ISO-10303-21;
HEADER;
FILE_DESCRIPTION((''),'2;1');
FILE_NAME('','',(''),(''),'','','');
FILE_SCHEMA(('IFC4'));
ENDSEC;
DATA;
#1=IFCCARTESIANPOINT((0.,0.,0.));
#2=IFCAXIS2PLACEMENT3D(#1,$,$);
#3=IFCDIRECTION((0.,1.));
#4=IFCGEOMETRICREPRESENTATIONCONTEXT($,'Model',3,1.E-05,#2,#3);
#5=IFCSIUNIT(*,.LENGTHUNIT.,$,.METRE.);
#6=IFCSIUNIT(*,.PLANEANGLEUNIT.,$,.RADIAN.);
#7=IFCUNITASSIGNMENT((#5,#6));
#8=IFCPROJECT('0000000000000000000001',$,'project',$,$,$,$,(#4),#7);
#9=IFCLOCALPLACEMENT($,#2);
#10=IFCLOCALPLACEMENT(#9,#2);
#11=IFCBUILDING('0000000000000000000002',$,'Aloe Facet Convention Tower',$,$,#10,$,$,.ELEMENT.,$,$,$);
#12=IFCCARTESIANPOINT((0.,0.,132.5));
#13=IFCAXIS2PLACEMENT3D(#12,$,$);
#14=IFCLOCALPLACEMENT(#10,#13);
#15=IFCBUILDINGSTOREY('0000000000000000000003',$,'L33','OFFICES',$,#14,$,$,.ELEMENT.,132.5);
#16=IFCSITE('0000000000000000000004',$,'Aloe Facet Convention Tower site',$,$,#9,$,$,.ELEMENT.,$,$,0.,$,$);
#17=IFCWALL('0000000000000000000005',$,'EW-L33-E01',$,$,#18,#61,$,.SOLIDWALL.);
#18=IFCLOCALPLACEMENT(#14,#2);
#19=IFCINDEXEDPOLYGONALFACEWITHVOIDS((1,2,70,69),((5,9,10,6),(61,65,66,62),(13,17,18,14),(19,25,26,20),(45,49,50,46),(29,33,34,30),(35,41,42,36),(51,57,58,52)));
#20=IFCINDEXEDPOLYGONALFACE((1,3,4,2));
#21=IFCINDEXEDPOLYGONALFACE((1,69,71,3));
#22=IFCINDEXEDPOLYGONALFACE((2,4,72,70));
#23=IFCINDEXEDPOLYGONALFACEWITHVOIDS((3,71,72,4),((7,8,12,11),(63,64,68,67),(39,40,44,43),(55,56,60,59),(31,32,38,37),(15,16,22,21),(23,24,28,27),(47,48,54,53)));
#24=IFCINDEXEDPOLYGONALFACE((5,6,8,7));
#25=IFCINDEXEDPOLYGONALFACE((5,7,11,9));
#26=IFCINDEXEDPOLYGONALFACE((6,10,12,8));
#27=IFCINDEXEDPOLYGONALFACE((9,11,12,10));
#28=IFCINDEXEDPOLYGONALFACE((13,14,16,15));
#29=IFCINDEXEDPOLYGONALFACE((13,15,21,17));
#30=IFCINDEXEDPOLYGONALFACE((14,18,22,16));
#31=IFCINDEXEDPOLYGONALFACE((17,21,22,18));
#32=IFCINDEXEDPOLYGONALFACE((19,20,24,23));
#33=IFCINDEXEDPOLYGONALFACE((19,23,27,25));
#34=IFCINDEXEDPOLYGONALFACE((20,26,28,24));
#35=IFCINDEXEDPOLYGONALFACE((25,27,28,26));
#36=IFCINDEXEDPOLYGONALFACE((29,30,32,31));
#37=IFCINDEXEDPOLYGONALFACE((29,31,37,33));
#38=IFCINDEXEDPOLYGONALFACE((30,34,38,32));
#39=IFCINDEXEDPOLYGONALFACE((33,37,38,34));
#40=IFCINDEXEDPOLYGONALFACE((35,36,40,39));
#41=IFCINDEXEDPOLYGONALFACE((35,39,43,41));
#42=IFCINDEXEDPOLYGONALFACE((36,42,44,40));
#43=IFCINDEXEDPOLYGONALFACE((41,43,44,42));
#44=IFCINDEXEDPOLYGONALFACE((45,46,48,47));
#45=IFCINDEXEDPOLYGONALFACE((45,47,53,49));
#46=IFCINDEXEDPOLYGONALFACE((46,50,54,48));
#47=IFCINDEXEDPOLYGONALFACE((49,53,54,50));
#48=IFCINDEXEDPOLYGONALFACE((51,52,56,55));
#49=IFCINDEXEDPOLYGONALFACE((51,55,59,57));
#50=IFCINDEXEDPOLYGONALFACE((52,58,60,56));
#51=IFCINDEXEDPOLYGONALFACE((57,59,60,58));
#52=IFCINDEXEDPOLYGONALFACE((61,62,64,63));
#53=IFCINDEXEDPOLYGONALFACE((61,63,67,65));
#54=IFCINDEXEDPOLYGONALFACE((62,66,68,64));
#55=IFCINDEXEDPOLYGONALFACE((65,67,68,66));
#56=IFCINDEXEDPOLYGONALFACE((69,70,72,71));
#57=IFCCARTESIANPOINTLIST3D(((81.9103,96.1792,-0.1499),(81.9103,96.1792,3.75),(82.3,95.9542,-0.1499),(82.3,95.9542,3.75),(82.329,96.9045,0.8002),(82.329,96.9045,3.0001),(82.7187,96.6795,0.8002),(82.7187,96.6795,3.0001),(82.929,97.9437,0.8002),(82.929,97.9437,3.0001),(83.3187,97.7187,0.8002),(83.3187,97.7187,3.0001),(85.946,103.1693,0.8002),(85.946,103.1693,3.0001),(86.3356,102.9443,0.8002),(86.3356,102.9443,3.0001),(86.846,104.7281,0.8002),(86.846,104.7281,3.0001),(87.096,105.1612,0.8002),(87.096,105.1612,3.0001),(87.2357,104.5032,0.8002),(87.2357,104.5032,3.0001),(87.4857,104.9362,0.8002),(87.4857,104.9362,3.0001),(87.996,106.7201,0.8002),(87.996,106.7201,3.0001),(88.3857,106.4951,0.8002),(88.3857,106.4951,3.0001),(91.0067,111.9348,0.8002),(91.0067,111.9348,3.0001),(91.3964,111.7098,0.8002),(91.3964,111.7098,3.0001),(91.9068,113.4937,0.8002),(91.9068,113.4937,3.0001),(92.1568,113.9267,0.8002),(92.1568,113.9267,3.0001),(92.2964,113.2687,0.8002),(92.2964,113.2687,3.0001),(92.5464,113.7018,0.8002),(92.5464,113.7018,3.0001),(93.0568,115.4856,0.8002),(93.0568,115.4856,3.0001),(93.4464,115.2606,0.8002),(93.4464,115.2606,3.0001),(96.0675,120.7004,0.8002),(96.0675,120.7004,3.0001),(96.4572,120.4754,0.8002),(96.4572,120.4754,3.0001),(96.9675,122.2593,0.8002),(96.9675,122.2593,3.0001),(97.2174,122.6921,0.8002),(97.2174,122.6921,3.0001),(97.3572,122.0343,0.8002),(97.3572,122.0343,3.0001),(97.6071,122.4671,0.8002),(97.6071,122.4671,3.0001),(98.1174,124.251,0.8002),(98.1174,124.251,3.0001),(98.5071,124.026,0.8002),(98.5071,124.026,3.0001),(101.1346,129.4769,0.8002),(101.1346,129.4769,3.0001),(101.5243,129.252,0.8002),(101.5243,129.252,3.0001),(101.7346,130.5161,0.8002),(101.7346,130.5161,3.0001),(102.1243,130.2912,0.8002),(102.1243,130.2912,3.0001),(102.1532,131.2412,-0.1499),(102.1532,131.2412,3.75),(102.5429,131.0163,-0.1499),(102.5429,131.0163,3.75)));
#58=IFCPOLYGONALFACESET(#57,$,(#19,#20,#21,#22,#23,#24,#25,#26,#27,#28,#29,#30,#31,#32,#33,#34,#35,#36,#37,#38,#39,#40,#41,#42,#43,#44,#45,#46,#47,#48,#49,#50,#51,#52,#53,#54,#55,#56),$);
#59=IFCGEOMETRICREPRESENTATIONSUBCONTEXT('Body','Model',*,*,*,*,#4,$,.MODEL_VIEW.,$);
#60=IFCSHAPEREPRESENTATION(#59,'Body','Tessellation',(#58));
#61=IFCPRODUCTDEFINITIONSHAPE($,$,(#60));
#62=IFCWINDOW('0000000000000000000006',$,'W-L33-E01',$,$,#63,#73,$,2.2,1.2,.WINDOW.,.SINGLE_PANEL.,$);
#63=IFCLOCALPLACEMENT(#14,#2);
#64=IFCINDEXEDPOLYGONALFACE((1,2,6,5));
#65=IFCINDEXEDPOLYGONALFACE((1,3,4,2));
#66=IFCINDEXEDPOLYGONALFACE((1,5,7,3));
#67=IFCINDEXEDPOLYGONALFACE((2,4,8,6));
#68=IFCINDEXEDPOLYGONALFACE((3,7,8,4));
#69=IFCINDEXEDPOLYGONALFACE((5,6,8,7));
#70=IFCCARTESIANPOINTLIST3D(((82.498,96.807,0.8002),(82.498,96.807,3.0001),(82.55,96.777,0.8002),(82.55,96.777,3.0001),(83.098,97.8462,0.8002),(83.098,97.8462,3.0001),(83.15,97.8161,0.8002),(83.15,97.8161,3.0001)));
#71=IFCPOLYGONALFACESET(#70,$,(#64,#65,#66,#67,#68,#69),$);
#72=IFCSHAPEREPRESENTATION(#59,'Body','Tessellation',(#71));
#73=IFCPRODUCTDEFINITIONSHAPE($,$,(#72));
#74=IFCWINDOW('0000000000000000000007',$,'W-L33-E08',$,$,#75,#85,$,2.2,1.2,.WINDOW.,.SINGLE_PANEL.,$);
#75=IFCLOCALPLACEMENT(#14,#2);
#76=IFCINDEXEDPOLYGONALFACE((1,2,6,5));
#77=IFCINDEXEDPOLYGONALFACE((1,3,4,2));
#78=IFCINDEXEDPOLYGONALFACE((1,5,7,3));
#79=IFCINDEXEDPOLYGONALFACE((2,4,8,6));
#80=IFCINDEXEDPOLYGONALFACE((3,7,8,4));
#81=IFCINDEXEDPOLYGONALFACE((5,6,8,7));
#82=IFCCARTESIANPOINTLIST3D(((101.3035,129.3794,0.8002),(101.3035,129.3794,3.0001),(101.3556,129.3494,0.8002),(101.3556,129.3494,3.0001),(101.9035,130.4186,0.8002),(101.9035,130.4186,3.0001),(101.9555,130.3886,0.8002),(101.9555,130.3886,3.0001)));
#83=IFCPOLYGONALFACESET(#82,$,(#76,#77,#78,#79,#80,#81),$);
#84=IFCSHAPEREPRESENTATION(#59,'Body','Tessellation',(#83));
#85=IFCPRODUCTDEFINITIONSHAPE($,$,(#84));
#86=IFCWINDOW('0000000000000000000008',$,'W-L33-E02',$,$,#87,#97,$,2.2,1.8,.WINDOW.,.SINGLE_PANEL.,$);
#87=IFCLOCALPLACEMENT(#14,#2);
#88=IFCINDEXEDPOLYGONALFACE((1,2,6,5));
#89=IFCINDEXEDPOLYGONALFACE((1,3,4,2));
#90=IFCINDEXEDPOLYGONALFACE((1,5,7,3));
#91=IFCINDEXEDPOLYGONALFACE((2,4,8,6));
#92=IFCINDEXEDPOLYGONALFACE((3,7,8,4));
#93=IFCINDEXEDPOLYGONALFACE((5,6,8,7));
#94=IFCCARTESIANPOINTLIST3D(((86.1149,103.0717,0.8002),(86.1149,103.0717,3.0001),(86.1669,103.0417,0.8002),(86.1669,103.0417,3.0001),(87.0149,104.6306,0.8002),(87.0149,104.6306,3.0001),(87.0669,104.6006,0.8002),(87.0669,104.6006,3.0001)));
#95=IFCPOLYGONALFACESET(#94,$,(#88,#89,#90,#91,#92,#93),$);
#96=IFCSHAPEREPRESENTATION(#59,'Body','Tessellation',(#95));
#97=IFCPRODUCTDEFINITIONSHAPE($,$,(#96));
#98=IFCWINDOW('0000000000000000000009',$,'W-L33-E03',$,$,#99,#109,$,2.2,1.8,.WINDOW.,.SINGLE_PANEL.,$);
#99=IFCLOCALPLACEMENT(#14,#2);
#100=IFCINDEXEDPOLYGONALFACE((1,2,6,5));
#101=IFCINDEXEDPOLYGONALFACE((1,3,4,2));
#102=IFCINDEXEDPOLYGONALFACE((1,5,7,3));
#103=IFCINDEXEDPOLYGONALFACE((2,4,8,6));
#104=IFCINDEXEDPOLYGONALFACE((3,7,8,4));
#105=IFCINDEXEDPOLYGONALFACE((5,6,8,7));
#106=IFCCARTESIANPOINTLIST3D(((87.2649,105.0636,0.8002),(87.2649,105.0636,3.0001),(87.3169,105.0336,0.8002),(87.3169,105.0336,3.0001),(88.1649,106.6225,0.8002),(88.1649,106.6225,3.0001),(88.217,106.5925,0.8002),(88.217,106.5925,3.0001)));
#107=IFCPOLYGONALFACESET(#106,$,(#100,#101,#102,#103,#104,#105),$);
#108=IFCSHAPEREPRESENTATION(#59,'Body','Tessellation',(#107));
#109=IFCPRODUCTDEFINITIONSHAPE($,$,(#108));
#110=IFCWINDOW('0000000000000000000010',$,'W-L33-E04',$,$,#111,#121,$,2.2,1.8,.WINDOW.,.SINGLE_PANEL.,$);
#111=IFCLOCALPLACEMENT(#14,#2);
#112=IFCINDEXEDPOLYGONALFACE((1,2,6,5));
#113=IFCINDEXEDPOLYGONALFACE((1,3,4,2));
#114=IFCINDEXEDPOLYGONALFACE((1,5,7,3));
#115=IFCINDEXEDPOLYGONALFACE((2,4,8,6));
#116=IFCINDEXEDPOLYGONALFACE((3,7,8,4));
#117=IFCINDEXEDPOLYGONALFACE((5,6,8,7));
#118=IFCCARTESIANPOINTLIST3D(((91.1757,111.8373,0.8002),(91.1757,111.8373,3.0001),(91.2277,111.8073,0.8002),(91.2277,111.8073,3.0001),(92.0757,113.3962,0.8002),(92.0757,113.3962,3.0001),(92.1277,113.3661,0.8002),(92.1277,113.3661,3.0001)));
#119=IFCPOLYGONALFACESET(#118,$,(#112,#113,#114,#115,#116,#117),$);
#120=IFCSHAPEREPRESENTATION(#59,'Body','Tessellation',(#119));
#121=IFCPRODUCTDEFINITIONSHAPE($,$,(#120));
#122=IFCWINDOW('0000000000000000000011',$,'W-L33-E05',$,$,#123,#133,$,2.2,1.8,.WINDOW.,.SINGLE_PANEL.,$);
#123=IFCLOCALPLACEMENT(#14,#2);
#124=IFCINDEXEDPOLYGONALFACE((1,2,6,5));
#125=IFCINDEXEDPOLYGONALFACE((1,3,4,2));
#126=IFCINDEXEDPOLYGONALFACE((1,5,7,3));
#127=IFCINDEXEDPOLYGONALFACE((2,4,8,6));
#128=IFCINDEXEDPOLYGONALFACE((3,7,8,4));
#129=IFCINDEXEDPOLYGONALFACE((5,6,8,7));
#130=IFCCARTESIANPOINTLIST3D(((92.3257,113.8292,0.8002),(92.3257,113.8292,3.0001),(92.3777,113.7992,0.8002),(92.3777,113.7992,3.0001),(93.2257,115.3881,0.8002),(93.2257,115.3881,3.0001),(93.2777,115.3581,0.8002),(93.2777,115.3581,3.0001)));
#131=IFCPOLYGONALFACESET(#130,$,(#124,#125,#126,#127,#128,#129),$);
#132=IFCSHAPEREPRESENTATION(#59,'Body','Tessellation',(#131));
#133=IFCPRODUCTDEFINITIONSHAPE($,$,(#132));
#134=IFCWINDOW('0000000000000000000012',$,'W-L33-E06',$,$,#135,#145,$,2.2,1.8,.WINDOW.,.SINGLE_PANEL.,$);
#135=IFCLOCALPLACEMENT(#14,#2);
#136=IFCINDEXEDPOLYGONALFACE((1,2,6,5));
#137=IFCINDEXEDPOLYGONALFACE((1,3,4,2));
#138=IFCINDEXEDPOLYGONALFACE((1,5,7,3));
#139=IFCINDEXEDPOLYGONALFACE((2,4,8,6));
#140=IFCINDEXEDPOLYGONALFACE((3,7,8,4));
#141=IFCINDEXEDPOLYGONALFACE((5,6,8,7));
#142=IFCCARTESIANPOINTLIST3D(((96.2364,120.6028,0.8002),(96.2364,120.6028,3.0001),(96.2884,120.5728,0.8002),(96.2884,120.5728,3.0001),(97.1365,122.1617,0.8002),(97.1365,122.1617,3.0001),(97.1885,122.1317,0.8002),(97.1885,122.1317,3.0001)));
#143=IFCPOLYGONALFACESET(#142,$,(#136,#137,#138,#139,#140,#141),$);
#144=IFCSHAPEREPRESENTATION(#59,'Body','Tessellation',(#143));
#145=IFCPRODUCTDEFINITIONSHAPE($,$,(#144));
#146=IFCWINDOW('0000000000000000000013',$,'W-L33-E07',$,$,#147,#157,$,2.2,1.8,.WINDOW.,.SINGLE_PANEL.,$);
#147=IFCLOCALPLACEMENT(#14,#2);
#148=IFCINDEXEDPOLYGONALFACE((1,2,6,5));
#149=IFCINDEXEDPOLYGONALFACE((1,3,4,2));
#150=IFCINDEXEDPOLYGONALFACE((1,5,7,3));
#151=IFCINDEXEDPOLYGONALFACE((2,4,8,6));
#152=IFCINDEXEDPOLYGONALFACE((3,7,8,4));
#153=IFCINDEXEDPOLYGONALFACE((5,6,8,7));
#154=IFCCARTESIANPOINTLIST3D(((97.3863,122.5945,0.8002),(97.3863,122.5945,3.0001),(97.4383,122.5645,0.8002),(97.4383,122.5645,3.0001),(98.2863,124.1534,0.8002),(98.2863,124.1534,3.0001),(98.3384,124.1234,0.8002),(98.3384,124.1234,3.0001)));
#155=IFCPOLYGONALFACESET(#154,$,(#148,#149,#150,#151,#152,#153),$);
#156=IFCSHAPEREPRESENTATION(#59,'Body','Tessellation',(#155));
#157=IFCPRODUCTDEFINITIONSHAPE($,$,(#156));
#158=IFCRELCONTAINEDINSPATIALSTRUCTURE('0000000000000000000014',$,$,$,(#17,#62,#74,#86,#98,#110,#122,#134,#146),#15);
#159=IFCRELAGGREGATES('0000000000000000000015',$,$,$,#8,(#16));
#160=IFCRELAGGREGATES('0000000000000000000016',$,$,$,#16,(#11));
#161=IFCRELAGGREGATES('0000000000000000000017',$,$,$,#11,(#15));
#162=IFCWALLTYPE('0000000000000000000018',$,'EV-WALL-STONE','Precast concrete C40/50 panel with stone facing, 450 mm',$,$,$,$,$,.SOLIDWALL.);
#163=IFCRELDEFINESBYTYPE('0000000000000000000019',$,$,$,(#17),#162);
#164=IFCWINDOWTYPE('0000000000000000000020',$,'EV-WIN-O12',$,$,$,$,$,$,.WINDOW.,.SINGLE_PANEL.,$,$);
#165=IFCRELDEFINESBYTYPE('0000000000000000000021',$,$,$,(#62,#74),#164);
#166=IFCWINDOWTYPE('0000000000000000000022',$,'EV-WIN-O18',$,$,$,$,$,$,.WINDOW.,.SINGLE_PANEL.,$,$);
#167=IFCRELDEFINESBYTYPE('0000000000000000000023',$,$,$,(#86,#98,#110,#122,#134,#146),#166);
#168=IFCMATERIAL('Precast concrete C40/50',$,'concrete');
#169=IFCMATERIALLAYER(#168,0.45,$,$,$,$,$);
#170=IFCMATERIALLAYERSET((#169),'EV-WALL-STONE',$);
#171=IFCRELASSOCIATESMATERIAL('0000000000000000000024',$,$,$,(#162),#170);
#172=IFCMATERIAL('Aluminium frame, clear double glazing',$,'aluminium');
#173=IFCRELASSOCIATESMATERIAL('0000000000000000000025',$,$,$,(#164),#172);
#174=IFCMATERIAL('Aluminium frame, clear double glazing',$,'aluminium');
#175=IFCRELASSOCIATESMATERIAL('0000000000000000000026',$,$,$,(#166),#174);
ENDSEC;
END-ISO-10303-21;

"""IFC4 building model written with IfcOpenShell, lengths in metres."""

from ifc_helpers import new_model, si_unit, direction, frame, frame_2d, origin, place, context, subcontext, project, spatial, polyline, rectangle, outline, extrude, material, layer, layer_set, type_object, element, fill, save


model = new_model("IFC4")

# Units and contexts
model_context = context("Model", 3, precision=1e-05, world=origin(), true_north=direction((0.0, 1.0)))
body_context = subcontext(model_context, "Body", "Model", "MODEL_VIEW")
ifc_project = project(units=[si_unit("LENGTHUNIT", "METRE"), si_unit("PLANEANGLEUNIT", "RADIAN")], contexts=[model_context])

# Site, building, storey
site_placement = place(None, origin())
site = spatial("IfcSite", under=ifc_project, at=site_placement, Name="Aloe Facet Convention Tower site", CompositionType="ELEMENT", RefElevation=0.0)
building_placement = place(site_placement, origin())
building = spatial("IfcBuilding", under=site, at=building_placement, Name="Aloe Facet Convention Tower", CompositionType="ELEMENT")
storey_placement = place(building_placement, frame((0.0, 0.0, 132.5)))
storey = spatial("IfcBuildingStorey", under=building, at=storey_placement, Name="L33", Description="OFFICES", CompositionType="ELEMENT", Elevation=132.5)

# Wall, openings, windows
ifc_material_1 = material(Name="Precast concrete C40/50", Category="concrete")
ifc_layer_1 = layer(ifc_material_1, 0.45)
ifc_layer_set_1 = layer_set([ifc_layer_1], Name="EV-WALL-STONE")
wall_type_1 = type_object("IfcWallType", Name="EV-WALL-STONE", Description="Precast concrete C40/50 panel with stone facing, 450 mm", PredefinedType="SOLIDWALL", material=ifc_layer_set_1)
wall_1_placement = place(storey_placement, frame((82.1052, 96.0667, -0.1499), z_axis=(0.0, 0.0, 1.0), x_axis=(0.499997, 0.866027, 0.0)))
wall_1 = element("IfcWall", 1, at=wall_1_placement, inside=storey, type_object=wall_type_1, Name="EW-L33-E01", PredefinedType="SOLIDWALL", context=body_context, shape_type="SweptSolid", body=[
    extrude(outline(polyline([(40.4861, 0.0), (40.4861, 3.8999), (0.0, 3.8999), (0.0, 0.0), (40.4861, 0.0)])), frame((0.0, 0.2251, 0.0), z_axis=(0.0, -1.0, 0.0), x_axis=(1.0, 0.0, 0.0)), (0.0, 0.0, 1.0), 0.45),
])
opening_1_placement = place(wall_1_placement, frame((0.8374, 0.0, 0.95)))
opening_1 = element("IfcOpeningElement", 2, at=opening_1_placement, cuts=wall_1, PredefinedType="OPENING", context=body_context, shape_type="SweptSolid", body=[
    extrude(rectangle(XDim=1.2, YDim=2.2, at=frame_2d((0.6001, 1.1001))), frame((0.0, 0.2349, 0.0), z_axis=(0.0, -1.0, 0.0), x_axis=(1.0, 0.0, 0.0)), (0.0, 0.0, 1.0), 0.47),
])
opening_2_placement = place(wall_1_placement, frame((8.0715, 0.0, 0.95)))
opening_2 = element("IfcOpeningElement", 3, at=opening_2_placement, cuts=wall_1, PredefinedType="OPENING", context=body_context, shape_type="SweptSolid", body=[
    extrude(rectangle(XDim=1.8, YDim=2.2, at=frame_2d((0.8999, 1.1001))), frame((0.0, 0.2349, 0.0), z_axis=(0.0, -1.0, 0.0), x_axis=(1.0, 0.0, 0.0)), (0.0, 0.0, 1.0), 0.47),
])
opening_3_placement = place(wall_1_placement, frame((10.3716, 0.0, 0.95)))
opening_3 = element("IfcOpeningElement", 4, at=opening_3_placement, cuts=wall_1, PredefinedType="OPENING", context=body_context, shape_type="SweptSolid", body=[
    extrude(rectangle(XDim=1.8, YDim=2.2, at=frame_2d((0.8999, 1.1001))), frame((0.0, 0.2349, 0.0), z_axis=(0.0, -1.0, 0.0), x_axis=(1.0, 0.0, 0.0)), (0.0, 0.0, 1.0), 0.47),
])
opening_4_placement = place(wall_1_placement, frame((18.1931, 0.0, 0.95)))
opening_4 = element("IfcOpeningElement", 5, at=opening_4_placement, cuts=wall_1, PredefinedType="OPENING", context=body_context, shape_type="SweptSolid", body=[
    extrude(rectangle(XDim=1.8, YDim=2.2, at=frame_2d((0.8999, 1.1001))), frame((0.0, 0.2349, 0.0), z_axis=(0.0, -1.0, 0.0), x_axis=(1.0, 0.0, 0.0)), (0.0, 0.0, 1.0), 0.47),
])
opening_5_placement = place(wall_1_placement, frame((20.4932, 0.0, 0.95)))
opening_5 = element("IfcOpeningElement", 6, at=opening_5_placement, cuts=wall_1, PredefinedType="OPENING", context=body_context, shape_type="SweptSolid", body=[
    extrude(rectangle(XDim=1.8, YDim=2.2, at=frame_2d((0.8999, 1.1001))), frame((0.0, 0.2349, 0.0), z_axis=(0.0, -1.0, 0.0), x_axis=(1.0, 0.0, 0.0)), (0.0, 0.0, 1.0), 0.47),
])
opening_6_placement = place(wall_1_placement, frame((28.3147, 0.0, 0.95)))
opening_6 = element("IfcOpeningElement", 7, at=opening_6_placement, cuts=wall_1, PredefinedType="OPENING", context=body_context, shape_type="SweptSolid", body=[
    extrude(rectangle(XDim=1.8, YDim=2.2, at=frame_2d((0.8999, 1.1001))), frame((0.0, 0.2349, 0.0), z_axis=(0.0, -1.0, 0.0), x_axis=(1.0, 0.0, 0.0)), (0.0, 0.0, 1.0), 0.47),
])
opening_7_placement = place(wall_1_placement, frame((30.6145, 0.0, 0.95)))
opening_7 = element("IfcOpeningElement", 8, at=opening_7_placement, cuts=wall_1, PredefinedType="OPENING", context=body_context, shape_type="SweptSolid", body=[
    extrude(rectangle(XDim=1.8, YDim=2.2, at=frame_2d((0.8999, 1.1001))), frame((0.0, 0.2349, 0.0), z_axis=(0.0, -1.0, 0.0), x_axis=(1.0, 0.0, 0.0)), (0.0, 0.0, 1.0), 0.47),
])
opening_8_placement = place(wall_1_placement, frame((38.4487, 0.0, 0.95)))
opening_8 = element("IfcOpeningElement", 9, at=opening_8_placement, cuts=wall_1, PredefinedType="OPENING", context=body_context, shape_type="SweptSolid", body=[
    extrude(rectangle(XDim=1.2, YDim=2.2, at=frame_2d((0.6001, 1.1001))), frame((0.0, 0.2349, 0.0), z_axis=(0.0, -1.0, 0.0), x_axis=(1.0, 0.0, 0.0)), (0.0, 0.0, 1.0), 0.47),
])
ifc_material_2 = material(Name="Aluminium frame, clear double glazing", Category="aluminium")
window_type_1 = type_object("IfcWindowType", Name="EV-WIN-O12", PartitioningType="SINGLE_PANEL", PredefinedType="WINDOW", material=ifc_material_2)
window_1_placement = place(opening_1_placement, origin())
window_1 = element("IfcWindow", 10, at=window_1_placement, inside=storey, type_object=window_type_1, Name="W-L33-E01", OverallHeight=2.2, OverallWidth=1.2, PartitioningType="SINGLE_PANEL", PredefinedType="WINDOW", context=body_context, shape_type="SweptSolid", body=[
    extrude(rectangle(XDim=1.2, YDim=2.2, at=frame_2d((0.6001, 1.1001))), frame((0.0, 0.03, 0.0), z_axis=(0.0, -1.0, 0.0), x_axis=(1.0, 0.0, 0.0)), (0.0, 0.0, 1.0), 0.0601),
])
fill(opening_1, window_1)
window_2_placement = place(opening_8_placement, origin())
window_2 = element("IfcWindow", 11, at=window_2_placement, inside=storey, type_object=window_type_1, Name="W-L33-E08", OverallHeight=2.2, OverallWidth=1.2, PartitioningType="SINGLE_PANEL", PredefinedType="WINDOW", context=body_context, shape_type="SweptSolid", body=[
    extrude(rectangle(XDim=1.2, YDim=2.2, at=frame_2d((0.6001, 1.1001))), frame((0.0, 0.03, 0.0), z_axis=(0.0, -1.0, 0.0), x_axis=(1.0, 0.0, 0.0)), (0.0, 0.0, 1.0), 0.0601),
])
fill(opening_8, window_2)
ifc_material_3 = material(Name="Aluminium frame, clear double glazing", Category="aluminium")
window_type_2 = type_object("IfcWindowType", Name="EV-WIN-O18", PartitioningType="SINGLE_PANEL", PredefinedType="WINDOW", material=ifc_material_3)
window_3_placement = place(opening_2_placement, origin())
window_3 = element("IfcWindow", 12, at=window_3_placement, inside=storey, type_object=window_type_2, Name="W-L33-E02", OverallHeight=2.2, OverallWidth=1.8, PartitioningType="SINGLE_PANEL", PredefinedType="WINDOW", context=body_context, shape_type="SweptSolid", body=[
    extrude(rectangle(XDim=1.8, YDim=2.2, at=frame_2d((0.8999, 1.1001))), frame((0.0, 0.03, 0.0), z_axis=(0.0, -1.0, 0.0), x_axis=(1.0, 0.0, 0.0)), (0.0, 0.0, 1.0), 0.0601),
])
fill(opening_2, window_3)
window_4_placement = place(opening_3_placement, origin())
window_4 = element("IfcWindow", 13, at=window_4_placement, inside=storey, type_object=window_type_2, Name="W-L33-E03", OverallHeight=2.2, OverallWidth=1.8, PartitioningType="SINGLE_PANEL", PredefinedType="WINDOW", context=body_context, shape_type="SweptSolid", body=[
    extrude(rectangle(XDim=1.8, YDim=2.2, at=frame_2d((0.8999, 1.1001))), frame((0.0, 0.03, 0.0), z_axis=(0.0, -1.0, 0.0), x_axis=(1.0, 0.0, 0.0)), (0.0, 0.0, 1.0), 0.0601),
])
fill(opening_3, window_4)
window_5_placement = place(opening_4_placement, origin())
window_5 = element("IfcWindow", 14, at=window_5_placement, inside=storey, type_object=window_type_2, Name="W-L33-E04", OverallHeight=2.2, OverallWidth=1.8, PartitioningType="SINGLE_PANEL", PredefinedType="WINDOW", context=body_context, shape_type="SweptSolid", body=[
    extrude(rectangle(XDim=1.8, YDim=2.2, at=frame_2d((0.8999, 1.1001))), frame((0.0, 0.03, 0.0), z_axis=(0.0, -1.0, 0.0), x_axis=(1.0, 0.0, 0.0)), (0.0, 0.0, 1.0), 0.0601),
])
fill(opening_4, window_5)
window_6_placement = place(opening_5_placement, origin())
window_6 = element("IfcWindow", 15, at=window_6_placement, inside=storey, type_object=window_type_2, Name="W-L33-E05", OverallHeight=2.2, OverallWidth=1.8, PartitioningType="SINGLE_PANEL", PredefinedType="WINDOW", context=body_context, shape_type="SweptSolid", body=[
    extrude(rectangle(XDim=1.8, YDim=2.2, at=frame_2d((0.8999, 1.1001))), frame((0.0, 0.03, 0.0), z_axis=(0.0, -1.0, 0.0), x_axis=(1.0, 0.0, 0.0)), (0.0, 0.0, 1.0), 0.0601),
])
fill(opening_5, window_6)
window_7_placement = place(opening_6_placement, origin())
window_7 = element("IfcWindow", 16, at=window_7_placement, inside=storey, type_object=window_type_2, Name="W-L33-E06", OverallHeight=2.2, OverallWidth=1.8, PartitioningType="SINGLE_PANEL", PredefinedType="WINDOW", context=body_context, shape_type="SweptSolid", body=[
    extrude(rectangle(XDim=1.8, YDim=2.2, at=frame_2d((0.8999, 1.1001))), frame((0.0, 0.03, 0.0), z_axis=(0.0, -1.0, 0.0), x_axis=(1.0, 0.0, 0.0)), (0.0, 0.0, 1.0), 0.0601),
])
fill(opening_6, window_7)
window_8_placement = place(opening_7_placement, origin())
window_8 = element("IfcWindow", 17, at=window_8_placement, inside=storey, type_object=window_type_2, Name="W-L33-E07", OverallHeight=2.2, OverallWidth=1.8, PartitioningType="SINGLE_PANEL", PredefinedType="WINDOW", context=body_context, shape_type="SweptSolid", body=[
    extrude(rectangle(XDim=1.8, YDim=2.2, at=frame_2d((0.8999, 1.1001))), frame((0.0, 0.03, 0.0), z_axis=(0.0, -1.0, 0.0), x_axis=(1.0, 0.0, 0.0)), (0.0, 0.0, 1.0), 0.0601),
])
fill(opening_7, window_8)

save(model, "model.ifc")
